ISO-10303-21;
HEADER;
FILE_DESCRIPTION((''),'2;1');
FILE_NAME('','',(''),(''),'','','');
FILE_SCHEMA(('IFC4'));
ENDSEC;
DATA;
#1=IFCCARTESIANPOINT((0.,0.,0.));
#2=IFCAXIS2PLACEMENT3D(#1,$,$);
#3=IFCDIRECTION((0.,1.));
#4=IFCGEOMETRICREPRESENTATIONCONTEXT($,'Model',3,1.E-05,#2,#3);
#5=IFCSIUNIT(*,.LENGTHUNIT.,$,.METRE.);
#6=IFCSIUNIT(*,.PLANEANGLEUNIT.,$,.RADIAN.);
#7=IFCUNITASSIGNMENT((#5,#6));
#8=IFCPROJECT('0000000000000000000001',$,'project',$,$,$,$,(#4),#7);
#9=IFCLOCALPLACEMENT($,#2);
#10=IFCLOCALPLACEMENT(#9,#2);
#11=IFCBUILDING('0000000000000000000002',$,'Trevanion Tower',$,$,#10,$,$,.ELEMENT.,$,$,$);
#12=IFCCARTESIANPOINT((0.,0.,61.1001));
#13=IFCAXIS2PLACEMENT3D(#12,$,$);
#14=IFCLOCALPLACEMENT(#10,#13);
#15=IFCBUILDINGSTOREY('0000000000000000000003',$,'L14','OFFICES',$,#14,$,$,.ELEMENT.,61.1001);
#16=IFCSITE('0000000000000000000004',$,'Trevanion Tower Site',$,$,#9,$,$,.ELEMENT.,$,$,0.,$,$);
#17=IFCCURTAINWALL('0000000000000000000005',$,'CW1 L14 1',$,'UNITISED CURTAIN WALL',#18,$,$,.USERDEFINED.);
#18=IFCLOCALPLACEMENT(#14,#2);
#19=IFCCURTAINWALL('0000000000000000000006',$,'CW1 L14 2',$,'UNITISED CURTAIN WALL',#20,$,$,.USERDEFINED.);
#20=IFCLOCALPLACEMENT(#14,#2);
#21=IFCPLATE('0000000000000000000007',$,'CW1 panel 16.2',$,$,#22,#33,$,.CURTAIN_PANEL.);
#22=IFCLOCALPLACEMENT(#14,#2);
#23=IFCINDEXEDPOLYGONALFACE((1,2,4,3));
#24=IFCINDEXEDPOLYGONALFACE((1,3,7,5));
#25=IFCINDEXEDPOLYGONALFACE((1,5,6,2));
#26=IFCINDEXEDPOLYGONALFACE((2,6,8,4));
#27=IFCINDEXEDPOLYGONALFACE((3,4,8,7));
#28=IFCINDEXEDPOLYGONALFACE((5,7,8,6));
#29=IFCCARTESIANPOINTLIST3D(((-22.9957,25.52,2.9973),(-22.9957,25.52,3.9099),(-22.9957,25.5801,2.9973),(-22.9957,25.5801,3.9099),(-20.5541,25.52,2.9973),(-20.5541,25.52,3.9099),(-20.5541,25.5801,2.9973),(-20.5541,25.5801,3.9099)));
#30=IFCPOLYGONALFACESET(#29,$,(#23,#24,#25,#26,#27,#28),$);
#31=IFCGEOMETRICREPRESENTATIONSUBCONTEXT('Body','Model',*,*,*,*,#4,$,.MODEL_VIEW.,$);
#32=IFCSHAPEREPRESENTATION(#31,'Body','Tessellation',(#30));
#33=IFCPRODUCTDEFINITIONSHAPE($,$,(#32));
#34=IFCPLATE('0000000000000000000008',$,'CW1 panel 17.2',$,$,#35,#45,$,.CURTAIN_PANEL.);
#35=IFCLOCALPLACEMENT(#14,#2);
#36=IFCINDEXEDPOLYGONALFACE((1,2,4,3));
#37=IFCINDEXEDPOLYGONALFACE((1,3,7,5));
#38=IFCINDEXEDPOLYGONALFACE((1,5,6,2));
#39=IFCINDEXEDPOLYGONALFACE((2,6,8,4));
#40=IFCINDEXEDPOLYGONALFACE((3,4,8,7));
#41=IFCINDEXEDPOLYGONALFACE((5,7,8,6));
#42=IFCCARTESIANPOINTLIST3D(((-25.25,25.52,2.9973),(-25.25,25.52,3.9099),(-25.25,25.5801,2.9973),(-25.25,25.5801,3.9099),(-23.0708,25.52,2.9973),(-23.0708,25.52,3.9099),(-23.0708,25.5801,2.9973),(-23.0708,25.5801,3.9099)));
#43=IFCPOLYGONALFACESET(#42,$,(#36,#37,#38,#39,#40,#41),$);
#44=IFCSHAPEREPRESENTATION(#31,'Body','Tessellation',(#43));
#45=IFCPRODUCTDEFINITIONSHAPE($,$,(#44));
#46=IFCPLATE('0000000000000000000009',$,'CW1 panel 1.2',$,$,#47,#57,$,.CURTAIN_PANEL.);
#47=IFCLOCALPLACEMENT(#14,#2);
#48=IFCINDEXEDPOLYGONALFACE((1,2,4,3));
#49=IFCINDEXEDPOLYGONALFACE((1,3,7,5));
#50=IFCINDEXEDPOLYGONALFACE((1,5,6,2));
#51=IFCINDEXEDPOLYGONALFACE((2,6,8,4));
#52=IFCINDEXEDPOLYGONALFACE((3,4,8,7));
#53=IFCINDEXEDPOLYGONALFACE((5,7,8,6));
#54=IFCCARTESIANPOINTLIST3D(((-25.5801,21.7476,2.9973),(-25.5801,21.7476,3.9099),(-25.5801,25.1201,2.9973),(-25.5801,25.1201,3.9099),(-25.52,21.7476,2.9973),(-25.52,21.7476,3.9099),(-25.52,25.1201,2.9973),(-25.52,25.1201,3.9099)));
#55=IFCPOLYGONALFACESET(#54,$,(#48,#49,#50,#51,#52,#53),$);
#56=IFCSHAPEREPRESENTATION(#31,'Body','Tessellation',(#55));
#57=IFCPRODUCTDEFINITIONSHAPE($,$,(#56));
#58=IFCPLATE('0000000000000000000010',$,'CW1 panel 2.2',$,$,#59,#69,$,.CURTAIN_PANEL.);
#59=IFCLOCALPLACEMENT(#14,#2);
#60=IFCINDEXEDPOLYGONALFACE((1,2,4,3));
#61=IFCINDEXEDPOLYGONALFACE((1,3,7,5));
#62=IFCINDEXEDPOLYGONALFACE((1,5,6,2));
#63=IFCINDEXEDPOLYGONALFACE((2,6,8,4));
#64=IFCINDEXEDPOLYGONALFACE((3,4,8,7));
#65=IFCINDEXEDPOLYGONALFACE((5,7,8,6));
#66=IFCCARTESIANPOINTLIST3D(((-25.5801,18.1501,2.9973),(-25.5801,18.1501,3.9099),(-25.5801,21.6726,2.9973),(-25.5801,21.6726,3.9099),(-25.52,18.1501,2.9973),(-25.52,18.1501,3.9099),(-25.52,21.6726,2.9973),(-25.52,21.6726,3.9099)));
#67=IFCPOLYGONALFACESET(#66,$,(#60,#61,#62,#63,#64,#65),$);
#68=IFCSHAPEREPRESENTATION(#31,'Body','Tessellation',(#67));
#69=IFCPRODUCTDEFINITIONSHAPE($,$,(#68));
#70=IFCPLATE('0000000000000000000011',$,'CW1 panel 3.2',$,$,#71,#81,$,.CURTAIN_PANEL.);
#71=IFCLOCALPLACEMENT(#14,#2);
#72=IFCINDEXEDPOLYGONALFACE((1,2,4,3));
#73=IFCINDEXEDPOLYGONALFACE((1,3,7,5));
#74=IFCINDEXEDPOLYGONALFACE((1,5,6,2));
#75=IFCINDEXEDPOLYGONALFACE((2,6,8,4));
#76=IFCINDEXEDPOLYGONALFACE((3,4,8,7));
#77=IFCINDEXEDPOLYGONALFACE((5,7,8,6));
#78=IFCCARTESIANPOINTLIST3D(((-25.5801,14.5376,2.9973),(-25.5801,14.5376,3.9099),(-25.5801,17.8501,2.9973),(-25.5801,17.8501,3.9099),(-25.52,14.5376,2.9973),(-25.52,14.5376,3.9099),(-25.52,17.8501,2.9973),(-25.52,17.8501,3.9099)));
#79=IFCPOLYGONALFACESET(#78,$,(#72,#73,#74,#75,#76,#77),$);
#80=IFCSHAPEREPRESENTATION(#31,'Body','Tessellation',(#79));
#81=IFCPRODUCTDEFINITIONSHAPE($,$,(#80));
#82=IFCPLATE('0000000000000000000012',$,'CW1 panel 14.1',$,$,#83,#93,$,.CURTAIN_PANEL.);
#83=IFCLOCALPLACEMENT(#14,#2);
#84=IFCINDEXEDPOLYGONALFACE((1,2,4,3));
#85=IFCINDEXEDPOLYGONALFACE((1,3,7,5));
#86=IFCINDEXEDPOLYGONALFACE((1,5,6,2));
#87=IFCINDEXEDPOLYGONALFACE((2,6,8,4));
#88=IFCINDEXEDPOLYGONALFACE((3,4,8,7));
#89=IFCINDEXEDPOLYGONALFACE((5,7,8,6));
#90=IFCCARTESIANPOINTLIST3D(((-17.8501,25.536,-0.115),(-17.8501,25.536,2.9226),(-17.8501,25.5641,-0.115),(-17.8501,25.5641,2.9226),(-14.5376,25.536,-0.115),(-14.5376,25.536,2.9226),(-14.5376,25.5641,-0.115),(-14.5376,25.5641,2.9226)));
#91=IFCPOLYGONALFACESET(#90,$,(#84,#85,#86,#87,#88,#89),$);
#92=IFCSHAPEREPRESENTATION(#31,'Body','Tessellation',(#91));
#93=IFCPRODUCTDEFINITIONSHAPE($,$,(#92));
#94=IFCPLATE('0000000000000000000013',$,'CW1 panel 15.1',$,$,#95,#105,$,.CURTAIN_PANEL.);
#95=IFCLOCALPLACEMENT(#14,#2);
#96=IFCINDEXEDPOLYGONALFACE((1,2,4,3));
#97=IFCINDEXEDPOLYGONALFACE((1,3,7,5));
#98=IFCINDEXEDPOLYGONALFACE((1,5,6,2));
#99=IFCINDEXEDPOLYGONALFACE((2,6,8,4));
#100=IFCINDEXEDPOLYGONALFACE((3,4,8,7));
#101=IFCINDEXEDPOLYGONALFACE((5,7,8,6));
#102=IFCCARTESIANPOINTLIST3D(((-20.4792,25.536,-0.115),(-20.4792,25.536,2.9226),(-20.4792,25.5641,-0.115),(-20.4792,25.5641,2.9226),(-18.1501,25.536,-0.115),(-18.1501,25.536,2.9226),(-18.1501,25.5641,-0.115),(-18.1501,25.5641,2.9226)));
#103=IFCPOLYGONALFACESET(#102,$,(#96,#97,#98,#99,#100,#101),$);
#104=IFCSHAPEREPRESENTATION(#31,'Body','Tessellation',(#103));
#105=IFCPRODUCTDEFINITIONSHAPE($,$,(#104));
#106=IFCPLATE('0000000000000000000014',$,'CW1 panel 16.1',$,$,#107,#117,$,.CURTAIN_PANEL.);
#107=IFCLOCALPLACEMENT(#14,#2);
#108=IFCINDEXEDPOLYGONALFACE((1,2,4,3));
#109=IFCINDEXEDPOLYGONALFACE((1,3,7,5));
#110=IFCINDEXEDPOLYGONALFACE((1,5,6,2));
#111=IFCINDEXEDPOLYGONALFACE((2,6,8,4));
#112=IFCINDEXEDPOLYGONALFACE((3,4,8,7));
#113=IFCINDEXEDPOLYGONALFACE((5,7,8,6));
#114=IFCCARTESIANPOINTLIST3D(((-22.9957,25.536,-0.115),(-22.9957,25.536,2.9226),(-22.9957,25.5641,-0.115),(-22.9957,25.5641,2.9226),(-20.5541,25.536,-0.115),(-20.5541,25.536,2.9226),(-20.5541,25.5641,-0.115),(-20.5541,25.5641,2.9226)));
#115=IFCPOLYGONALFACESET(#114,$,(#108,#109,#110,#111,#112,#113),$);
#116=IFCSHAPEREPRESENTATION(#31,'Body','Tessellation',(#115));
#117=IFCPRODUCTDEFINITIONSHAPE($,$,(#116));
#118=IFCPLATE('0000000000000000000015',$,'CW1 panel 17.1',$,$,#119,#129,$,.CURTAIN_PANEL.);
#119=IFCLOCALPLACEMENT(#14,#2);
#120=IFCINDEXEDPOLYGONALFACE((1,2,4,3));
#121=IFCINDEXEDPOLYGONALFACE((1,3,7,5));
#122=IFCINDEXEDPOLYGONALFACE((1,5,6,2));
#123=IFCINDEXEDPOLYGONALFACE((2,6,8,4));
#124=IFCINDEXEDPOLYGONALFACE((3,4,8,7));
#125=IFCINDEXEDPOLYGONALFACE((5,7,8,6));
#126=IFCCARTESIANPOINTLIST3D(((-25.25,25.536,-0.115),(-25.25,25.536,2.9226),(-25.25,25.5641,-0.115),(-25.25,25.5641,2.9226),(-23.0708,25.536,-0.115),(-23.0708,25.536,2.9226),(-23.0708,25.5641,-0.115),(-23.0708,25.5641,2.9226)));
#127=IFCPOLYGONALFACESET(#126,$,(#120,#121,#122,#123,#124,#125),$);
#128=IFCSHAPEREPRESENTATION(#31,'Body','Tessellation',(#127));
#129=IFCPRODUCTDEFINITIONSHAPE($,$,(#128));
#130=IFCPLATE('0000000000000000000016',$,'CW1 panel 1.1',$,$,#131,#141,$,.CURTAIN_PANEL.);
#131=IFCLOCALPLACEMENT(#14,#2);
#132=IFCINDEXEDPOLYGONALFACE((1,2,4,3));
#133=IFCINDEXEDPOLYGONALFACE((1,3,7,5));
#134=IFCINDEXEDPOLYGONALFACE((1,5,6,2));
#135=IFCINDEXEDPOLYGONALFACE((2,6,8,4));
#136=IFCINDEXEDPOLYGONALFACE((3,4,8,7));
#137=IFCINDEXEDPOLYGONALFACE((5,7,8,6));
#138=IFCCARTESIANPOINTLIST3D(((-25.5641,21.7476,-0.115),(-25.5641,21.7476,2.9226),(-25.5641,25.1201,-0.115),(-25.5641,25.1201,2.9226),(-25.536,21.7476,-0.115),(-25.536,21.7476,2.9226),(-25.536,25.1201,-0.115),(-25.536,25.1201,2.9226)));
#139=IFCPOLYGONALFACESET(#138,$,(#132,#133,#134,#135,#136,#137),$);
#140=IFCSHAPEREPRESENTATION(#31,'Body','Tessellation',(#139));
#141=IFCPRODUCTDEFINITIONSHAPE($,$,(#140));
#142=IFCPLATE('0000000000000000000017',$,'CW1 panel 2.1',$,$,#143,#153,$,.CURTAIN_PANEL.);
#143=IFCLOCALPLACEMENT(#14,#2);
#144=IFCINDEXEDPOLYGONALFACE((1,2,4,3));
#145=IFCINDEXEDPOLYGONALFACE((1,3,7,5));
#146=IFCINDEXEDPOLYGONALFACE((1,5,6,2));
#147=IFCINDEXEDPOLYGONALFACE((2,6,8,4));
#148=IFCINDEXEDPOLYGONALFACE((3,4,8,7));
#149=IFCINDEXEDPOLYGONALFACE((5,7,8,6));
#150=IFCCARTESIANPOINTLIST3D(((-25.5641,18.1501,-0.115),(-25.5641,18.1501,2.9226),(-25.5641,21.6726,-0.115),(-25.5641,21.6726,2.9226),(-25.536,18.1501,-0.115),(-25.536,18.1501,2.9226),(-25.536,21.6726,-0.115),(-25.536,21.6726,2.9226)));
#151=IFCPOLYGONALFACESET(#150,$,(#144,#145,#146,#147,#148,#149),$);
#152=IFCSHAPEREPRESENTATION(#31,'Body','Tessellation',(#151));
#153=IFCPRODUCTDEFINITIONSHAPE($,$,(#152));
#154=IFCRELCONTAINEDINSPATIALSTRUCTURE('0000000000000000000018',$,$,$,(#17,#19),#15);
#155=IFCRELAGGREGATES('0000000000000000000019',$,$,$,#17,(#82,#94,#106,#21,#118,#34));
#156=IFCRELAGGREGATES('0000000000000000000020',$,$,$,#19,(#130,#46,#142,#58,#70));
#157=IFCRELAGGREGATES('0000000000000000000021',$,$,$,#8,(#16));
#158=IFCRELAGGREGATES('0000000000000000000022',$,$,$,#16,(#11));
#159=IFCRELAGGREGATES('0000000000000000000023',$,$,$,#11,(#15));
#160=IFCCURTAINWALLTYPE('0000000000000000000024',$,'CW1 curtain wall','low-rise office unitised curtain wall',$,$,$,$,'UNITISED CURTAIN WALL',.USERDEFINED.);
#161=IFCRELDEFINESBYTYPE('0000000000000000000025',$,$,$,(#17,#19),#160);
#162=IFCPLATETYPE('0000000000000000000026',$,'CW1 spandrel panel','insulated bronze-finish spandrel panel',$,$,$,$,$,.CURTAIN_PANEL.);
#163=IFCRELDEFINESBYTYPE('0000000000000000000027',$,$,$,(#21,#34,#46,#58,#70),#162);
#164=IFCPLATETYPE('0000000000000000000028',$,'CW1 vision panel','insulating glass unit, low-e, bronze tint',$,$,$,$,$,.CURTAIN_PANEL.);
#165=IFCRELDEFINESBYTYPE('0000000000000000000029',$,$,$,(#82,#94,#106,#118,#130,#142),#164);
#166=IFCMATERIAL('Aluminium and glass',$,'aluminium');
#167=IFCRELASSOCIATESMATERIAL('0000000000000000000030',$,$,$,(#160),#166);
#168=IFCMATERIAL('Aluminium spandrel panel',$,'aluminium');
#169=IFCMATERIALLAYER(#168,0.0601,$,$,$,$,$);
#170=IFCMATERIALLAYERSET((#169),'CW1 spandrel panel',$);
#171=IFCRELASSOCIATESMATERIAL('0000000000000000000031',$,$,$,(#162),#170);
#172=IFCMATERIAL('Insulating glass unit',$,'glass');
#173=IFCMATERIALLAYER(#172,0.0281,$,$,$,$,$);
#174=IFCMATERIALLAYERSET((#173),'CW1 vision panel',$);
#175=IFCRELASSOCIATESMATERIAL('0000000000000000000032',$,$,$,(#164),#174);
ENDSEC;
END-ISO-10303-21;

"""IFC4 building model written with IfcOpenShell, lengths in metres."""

from ifc_helpers import new_model, si_unit, direction, frame, origin, origin_2d, place, context, subcontext, project, spatial, rectangle, extrude, material, layer, layer_set, type_object, element, aggregate, save


model = new_model("IFC4")

# Units and contexts
model_context = context("Model", 3, precision=1e-05, world=origin(), true_north=direction((0.0, 1.0)))
body_context = subcontext(model_context, "Body", "Model", "MODEL_VIEW")
ifc_project = project(units=[si_unit("LENGTHUNIT", "METRE"), si_unit("PLANEANGLEUNIT", "RADIAN")], contexts=[model_context])

# Site, building, storey
site_placement = place(None, origin())
site = spatial("IfcSite", under=ifc_project, at=site_placement, Name="Trevanion Tower Site", CompositionType="ELEMENT", RefElevation=0.0)
building_placement = place(site_placement, origin())
building = spatial("IfcBuilding", under=site, at=building_placement, Name="Trevanion Tower", CompositionType="ELEMENT")
storey_placement = place(building_placement, frame((0.0, 0.0, 61.1001)))
storey = spatial("IfcBuildingStorey", under=building, at=storey_placement, Name="L14", Description="OFFICES", CompositionType="ELEMENT", Elevation=61.1001)

# Curtain wall
ifc_material_1 = material(Name="Aluminium and glass", Category="aluminium")
curtain_wall_type = type_object("IfcCurtainWallType", Name="CW1 curtain wall", Description="low-rise office unitised curtain wall", ElementType="UNITISED CURTAIN WALL", PredefinedType="USERDEFINED", material=ifc_material_1)
curtain_wall_1_placement = place(storey_placement, origin())
curtain_wall_1 = element("IfcCurtainWall", 1, at=curtain_wall_1_placement, inside=storey, type_object=curtain_wall_type, Name="CW1 L14 1", ObjectType="UNITISED CURTAIN WALL", PredefinedType="USERDEFINED")

# Curtain wall
curtain_wall_2_placement = place(storey_placement, origin())
curtain_wall_2 = element("IfcCurtainWall", 2, at=curtain_wall_2_placement, inside=storey, type_object=curtain_wall_type, Name="CW1 L14 2", ObjectType="UNITISED CURTAIN WALL", PredefinedType="USERDEFINED")

# Plates
ifc_material_2 = material(Name="Aluminium spandrel panel", Category="aluminium")
ifc_layer_1 = layer(ifc_material_2, 0.0601)
ifc_layer_set_1 = layer_set([ifc_layer_1], Name="CW1 spandrel panel")
plate_type_1 = type_object("IfcPlateType", Name="CW1 spandrel panel", Description="insulated bronze-finish spandrel panel", PredefinedType="CURTAIN_PANEL", material=ifc_layer_set_1)
plate_1_placement = place(storey_placement, frame((-21.7749, 25.55, 2.9973), z_axis=(0.0, 0.0, 1.0), x_axis=(-1.0, 0.0, 0.0)))
plate_1 = element("IfcPlate", 3, at=plate_1_placement, type_object=plate_type_1, Name="CW1 panel 16.2", PredefinedType="CURTAIN_PANEL", context=body_context, shape_type="SweptSolid", body=[
    extrude(rectangle(XDim=2.4417, YDim=0.0601, at=origin_2d()), origin(), (0.0, 0.0, 1.0), 0.9126),
])
plate_2_placement = place(storey_placement, frame((-24.1604, 25.55, 2.9973), z_axis=(0.0, 0.0, 1.0), x_axis=(-1.0, 0.0, 0.0)))
plate_2 = element("IfcPlate", 4, at=plate_2_placement, type_object=plate_type_1, Name="CW1 panel 17.2", PredefinedType="CURTAIN_PANEL", context=body_context, shape_type="SweptSolid", body=[
    extrude(rectangle(XDim=2.1792, YDim=0.0601, at=origin_2d()), origin(), (0.0, 0.0, 1.0), 0.9126),
])
plate_3_placement = place(storey_placement, frame((-25.55, 23.4338, 2.9973), z_axis=(0.0, 0.0, 1.0), x_axis=(0.0, -1.0, 0.0)))
plate_3 = element("IfcPlate", 5, at=plate_3_placement, type_object=plate_type_1, Name="CW1 panel 1.2", PredefinedType="CURTAIN_PANEL", context=body_context, shape_type="SweptSolid", body=[
    extrude(rectangle(XDim=3.3726, YDim=0.0601, at=origin_2d()), origin(), (0.0, 0.0, 1.0), 0.9126),
])
plate_4_placement = place(storey_placement, frame((-25.55, 19.9114, 2.9973), z_axis=(0.0, 0.0, 1.0), x_axis=(0.0, -1.0, 0.0)))
plate_4 = element("IfcPlate", 6, at=plate_4_placement, type_object=plate_type_1, Name="CW1 panel 2.2", PredefinedType="CURTAIN_PANEL", context=body_context, shape_type="SweptSolid", body=[
    extrude(rectangle(XDim=3.5225, YDim=0.0601, at=origin_2d()), origin(), (0.0, 0.0, 1.0), 0.9126),
])
plate_5_placement = place(storey_placement, frame((-25.55, 16.1938, 2.9973), z_axis=(0.0, 0.0, 1.0), x_axis=(0.0, -1.0, 0.0)))
plate_5 = element("IfcPlate", 7, at=plate_5_placement, type_object=plate_type_1, Name="CW1 panel 3.2", PredefinedType="CURTAIN_PANEL", context=body_context, shape_type="SweptSolid", body=[
    extrude(rectangle(XDim=3.3125, YDim=0.0601, at=origin_2d()), origin(), (0.0, 0.0, 1.0), 0.9126),
])
ifc_material_3 = material(Name="Insulating glass unit", Category="glass")
ifc_layer_2 = layer(ifc_material_3, 0.0281)
ifc_layer_set_2 = layer_set([ifc_layer_2], Name="CW1 vision panel")
plate_type_2 = type_object("IfcPlateType", Name="CW1 vision panel", Description="insulating glass unit, low-e, bronze tint", PredefinedType="CURTAIN_PANEL", material=ifc_layer_set_2)
plate_6_placement = place(storey_placement, frame((-16.1938, 25.55, -0.115), z_axis=(0.0, 0.0, 1.0), x_axis=(-1.0, 0.0, 0.0)))
plate_6 = element("IfcPlate", 8, at=plate_6_placement, type_object=plate_type_2, Name="CW1 panel 14.1", PredefinedType="CURTAIN_PANEL", context=body_context, shape_type="SweptSolid", body=[
    extrude(rectangle(XDim=3.3125, YDim=0.0281, at=origin_2d()), origin(), (0.0, 0.0, 1.0), 3.0376),
])
plate_7_placement = place(storey_placement, frame((-19.3147, 25.55, -0.115), z_axis=(0.0, 0.0, 1.0), x_axis=(-1.0, 0.0, 0.0)))
plate_7 = element("IfcPlate", 9, at=plate_7_placement, type_object=plate_type_2, Name="CW1 panel 15.1", PredefinedType="CURTAIN_PANEL", context=body_context, shape_type="SweptSolid", body=[
    extrude(rectangle(XDim=2.3291, YDim=0.0281, at=origin_2d()), origin(), (0.0, 0.0, 1.0), 3.0376),
])
plate_8_placement = place(storey_placement, frame((-21.7749, 25.55, -0.115), z_axis=(0.0, 0.0, 1.0), x_axis=(-1.0, 0.0, 0.0)))
plate_8 = element("IfcPlate", 10, at=plate_8_placement, type_object=plate_type_2, Name="CW1 panel 16.1", PredefinedType="CURTAIN_PANEL", context=body_context, shape_type="SweptSolid", body=[
    extrude(rectangle(XDim=2.4417, YDim=0.0281, at=origin_2d()), origin(), (0.0, 0.0, 1.0), 3.0376),
])
plate_9_placement = place(storey_placement, frame((-24.1604, 25.55, -0.115), z_axis=(0.0, 0.0, 1.0), x_axis=(-1.0, 0.0, 0.0)))
plate_9 = element("IfcPlate", 11, at=plate_9_placement, type_object=plate_type_2, Name="CW1 panel 17.1", PredefinedType="CURTAIN_PANEL", context=body_context, shape_type="SweptSolid", body=[
    extrude(rectangle(XDim=2.1792, YDim=0.0281, at=origin_2d()), origin(), (0.0, 0.0, 1.0), 3.0376),
])
aggregate(curtain_wall_1, [plate_6, plate_7, plate_8, plate_1, plate_9, plate_2])
plate_10_placement = place(storey_placement, frame((-25.55, 23.4338, -0.115), z_axis=(0.0, 0.0, 1.0), x_axis=(0.0, -1.0, 0.0)))
plate_10 = element("IfcPlate", 12, at=plate_10_placement, type_object=plate_type_2, Name="CW1 panel 1.1", PredefinedType="CURTAIN_PANEL", context=body_context, shape_type="SweptSolid", body=[
    extrude(rectangle(XDim=3.3726, YDim=0.0281, at=origin_2d()), origin(), (0.0, 0.0, 1.0), 3.0376),
])
plate_11_placement = place(storey_placement, frame((-25.55, 19.9114, -0.115), z_axis=(0.0, 0.0, 1.0), x_axis=(0.0, -1.0, 0.0)))
plate_11 = element("IfcPlate", 13, at=plate_11_placement, type_object=plate_type_2, Name="CW1 panel 2.1", PredefinedType="CURTAIN_PANEL", context=body_context, shape_type="SweptSolid", body=[
    extrude(rectangle(XDim=3.5225, YDim=0.0281, at=origin_2d()), origin(), (0.0, 0.0, 1.0), 3.0376),
])
aggregate(curtain_wall_2, [plate_10, plate_3, plate_11, plate_4, plate_5])

save(model, "model.ifc")
